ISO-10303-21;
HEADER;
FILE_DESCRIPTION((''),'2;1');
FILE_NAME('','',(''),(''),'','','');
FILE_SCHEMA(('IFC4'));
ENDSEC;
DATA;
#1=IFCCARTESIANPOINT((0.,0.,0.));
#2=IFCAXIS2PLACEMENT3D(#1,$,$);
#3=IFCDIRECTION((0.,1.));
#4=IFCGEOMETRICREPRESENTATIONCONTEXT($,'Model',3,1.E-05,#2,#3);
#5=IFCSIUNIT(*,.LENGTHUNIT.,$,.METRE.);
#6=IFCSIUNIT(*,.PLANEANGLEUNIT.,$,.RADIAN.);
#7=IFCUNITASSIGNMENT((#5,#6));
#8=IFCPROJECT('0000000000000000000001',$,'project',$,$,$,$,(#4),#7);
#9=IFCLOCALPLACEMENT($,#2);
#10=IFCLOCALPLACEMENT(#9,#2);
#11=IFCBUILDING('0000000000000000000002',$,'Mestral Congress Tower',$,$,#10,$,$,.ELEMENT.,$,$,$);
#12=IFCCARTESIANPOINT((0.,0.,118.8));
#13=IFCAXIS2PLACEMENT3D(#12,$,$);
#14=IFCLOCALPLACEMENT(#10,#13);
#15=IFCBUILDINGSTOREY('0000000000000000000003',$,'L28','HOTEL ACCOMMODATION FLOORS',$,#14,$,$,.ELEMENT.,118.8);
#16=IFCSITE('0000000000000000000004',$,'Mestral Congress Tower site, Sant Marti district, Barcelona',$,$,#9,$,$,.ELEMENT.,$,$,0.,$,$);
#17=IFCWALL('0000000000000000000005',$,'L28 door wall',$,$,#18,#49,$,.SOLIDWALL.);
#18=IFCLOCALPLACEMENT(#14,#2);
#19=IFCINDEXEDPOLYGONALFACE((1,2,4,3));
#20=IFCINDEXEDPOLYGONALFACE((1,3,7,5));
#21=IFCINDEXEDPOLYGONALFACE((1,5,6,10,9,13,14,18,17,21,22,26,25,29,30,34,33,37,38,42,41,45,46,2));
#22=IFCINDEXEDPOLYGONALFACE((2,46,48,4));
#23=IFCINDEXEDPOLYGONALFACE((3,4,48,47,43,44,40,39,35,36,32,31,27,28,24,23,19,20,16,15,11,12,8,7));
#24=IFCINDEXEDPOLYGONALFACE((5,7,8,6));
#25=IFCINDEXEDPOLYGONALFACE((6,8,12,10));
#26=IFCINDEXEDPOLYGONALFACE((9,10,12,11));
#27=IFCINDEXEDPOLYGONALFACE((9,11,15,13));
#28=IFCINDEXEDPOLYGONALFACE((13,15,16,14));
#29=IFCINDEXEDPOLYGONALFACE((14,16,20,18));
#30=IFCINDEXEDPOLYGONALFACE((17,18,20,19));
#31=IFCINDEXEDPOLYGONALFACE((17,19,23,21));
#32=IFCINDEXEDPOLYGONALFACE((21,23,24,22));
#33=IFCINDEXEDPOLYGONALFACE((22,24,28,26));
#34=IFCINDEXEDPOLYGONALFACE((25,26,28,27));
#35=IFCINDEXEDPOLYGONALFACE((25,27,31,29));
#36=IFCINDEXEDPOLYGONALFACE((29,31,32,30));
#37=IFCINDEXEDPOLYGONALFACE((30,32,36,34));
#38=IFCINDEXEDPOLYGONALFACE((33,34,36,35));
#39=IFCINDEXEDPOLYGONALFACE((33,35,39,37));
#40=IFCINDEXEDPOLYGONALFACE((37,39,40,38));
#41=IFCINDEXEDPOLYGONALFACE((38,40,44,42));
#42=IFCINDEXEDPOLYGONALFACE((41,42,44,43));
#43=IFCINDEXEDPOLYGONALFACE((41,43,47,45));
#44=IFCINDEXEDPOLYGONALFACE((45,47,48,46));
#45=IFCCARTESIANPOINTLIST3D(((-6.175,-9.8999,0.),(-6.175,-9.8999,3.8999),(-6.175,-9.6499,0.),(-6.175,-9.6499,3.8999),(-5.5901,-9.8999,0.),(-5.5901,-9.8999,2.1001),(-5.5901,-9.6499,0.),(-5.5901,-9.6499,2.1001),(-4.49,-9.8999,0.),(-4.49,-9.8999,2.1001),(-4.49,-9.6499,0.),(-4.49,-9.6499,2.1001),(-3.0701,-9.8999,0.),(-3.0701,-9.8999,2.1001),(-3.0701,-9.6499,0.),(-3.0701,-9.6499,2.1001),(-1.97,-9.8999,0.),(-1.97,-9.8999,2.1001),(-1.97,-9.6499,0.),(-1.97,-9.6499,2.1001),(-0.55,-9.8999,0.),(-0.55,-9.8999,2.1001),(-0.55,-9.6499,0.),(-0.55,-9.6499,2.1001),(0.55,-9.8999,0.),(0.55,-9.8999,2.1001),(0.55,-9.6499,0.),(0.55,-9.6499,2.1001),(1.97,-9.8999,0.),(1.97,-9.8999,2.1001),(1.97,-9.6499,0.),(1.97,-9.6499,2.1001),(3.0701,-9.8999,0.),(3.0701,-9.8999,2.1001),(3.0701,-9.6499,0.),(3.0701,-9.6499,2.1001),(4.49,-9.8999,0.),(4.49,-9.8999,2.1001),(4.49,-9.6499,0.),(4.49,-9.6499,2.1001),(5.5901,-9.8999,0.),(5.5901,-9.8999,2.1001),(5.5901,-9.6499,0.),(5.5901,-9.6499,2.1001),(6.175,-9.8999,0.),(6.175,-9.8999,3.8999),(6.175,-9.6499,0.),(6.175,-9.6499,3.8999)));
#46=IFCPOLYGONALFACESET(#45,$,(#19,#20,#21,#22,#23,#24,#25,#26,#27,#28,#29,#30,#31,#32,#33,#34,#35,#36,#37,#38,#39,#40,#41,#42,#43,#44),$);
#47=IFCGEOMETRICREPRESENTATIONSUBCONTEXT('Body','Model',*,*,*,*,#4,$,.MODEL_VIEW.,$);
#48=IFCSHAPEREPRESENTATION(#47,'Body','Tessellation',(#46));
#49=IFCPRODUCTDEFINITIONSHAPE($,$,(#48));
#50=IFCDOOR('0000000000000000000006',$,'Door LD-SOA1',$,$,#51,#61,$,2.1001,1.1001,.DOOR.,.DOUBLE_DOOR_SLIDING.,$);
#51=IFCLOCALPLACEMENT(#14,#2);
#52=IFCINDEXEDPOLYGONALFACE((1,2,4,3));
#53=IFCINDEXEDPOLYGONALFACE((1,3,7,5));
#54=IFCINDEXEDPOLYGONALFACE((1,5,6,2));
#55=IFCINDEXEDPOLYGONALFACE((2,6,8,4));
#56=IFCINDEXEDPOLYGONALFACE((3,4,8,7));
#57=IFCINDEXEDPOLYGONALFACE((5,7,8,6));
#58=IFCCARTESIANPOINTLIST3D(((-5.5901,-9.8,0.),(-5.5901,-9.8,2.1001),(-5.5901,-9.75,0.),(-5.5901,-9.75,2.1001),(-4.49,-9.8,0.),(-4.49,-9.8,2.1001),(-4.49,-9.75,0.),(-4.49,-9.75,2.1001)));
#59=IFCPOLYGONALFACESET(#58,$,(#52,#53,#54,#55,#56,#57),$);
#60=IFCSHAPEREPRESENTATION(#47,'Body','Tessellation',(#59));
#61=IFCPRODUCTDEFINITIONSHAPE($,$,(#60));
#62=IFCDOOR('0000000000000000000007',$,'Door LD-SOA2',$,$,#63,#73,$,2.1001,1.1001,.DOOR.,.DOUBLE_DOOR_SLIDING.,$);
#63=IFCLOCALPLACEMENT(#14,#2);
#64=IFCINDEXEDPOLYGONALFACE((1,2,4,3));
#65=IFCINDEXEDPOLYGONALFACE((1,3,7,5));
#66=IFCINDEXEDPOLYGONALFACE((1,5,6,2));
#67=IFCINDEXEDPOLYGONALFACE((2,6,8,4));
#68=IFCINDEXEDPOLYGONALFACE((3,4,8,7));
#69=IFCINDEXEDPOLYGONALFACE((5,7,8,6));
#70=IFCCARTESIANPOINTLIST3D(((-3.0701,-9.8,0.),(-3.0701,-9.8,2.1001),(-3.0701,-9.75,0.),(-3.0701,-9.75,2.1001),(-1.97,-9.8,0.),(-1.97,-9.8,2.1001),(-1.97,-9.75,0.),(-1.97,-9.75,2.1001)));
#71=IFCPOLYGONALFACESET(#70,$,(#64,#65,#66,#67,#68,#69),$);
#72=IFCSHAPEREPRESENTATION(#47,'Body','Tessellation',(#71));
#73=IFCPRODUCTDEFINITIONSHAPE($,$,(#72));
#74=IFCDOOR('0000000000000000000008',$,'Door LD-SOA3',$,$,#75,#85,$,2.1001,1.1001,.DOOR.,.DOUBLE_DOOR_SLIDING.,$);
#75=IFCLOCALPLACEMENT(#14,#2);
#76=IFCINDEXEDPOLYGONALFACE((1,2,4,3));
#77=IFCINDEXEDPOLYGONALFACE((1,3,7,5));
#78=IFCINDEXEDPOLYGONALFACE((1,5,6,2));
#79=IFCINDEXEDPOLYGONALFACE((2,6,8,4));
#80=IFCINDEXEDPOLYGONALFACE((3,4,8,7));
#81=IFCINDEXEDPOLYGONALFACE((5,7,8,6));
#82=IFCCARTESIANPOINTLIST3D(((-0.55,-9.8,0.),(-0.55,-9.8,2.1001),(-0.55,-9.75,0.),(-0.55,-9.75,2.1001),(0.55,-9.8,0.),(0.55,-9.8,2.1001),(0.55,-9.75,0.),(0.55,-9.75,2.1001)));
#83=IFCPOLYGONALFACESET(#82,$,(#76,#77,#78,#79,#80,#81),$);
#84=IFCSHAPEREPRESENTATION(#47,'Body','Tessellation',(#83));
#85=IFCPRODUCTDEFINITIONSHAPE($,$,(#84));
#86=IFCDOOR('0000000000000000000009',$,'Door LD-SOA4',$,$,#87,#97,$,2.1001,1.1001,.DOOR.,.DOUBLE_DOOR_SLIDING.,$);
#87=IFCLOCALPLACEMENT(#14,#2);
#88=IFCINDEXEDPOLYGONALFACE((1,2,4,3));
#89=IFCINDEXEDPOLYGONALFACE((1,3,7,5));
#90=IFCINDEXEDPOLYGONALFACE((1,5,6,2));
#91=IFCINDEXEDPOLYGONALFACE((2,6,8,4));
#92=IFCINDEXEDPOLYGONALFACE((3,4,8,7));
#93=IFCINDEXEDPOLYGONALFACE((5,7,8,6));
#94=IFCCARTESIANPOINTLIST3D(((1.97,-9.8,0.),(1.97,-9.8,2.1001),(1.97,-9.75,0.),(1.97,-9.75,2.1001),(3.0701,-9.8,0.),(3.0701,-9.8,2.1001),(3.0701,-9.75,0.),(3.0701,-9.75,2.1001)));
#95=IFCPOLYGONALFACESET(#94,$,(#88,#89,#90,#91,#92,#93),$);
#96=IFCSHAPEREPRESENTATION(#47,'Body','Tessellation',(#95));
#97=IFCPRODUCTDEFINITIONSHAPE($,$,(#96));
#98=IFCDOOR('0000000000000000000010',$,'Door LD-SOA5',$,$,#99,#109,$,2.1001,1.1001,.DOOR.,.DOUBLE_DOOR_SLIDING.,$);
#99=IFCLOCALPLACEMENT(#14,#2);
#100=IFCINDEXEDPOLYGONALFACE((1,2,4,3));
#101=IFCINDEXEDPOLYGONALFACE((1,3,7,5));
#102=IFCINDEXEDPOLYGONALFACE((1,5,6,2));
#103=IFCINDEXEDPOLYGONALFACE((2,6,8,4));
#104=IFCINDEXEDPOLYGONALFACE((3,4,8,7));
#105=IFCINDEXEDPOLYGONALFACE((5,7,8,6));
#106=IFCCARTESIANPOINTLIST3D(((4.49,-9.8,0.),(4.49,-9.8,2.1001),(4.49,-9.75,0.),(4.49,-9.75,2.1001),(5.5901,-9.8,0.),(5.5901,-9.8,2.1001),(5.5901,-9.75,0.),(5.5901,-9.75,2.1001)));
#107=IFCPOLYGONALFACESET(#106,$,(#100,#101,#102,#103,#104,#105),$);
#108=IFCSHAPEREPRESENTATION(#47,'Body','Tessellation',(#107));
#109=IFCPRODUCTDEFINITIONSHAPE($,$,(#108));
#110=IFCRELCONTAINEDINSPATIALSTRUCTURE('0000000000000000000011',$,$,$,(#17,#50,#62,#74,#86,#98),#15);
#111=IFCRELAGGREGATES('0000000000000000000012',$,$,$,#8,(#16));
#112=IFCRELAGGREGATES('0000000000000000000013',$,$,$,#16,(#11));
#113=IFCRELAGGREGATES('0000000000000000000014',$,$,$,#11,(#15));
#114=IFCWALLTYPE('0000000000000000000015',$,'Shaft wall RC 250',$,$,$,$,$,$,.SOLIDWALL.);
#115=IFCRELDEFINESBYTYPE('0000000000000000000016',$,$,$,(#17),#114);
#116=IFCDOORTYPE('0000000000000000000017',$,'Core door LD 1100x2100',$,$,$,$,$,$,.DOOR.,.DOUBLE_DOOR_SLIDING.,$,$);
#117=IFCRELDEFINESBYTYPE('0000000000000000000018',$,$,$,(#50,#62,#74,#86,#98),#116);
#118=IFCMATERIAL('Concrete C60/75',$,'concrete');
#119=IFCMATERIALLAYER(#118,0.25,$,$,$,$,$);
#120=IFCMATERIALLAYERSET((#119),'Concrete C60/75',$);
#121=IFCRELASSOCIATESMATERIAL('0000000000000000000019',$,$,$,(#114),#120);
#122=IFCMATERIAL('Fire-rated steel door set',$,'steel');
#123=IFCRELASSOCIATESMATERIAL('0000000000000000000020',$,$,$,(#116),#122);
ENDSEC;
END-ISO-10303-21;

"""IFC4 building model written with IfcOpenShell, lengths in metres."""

from ifc_helpers import new_model, si_unit, direction, frame, frame_2d, origin, place, context, subcontext, project, spatial, rectangle, extrude, material, layer, layer_set, type_object, element, fill, save


model = new_model("IFC4")

# Units and contexts
model_context = context("Model", 3, precision=1e-05, world=origin(), true_north=direction((0.0, 1.0)))
body_context = subcontext(model_context, "Body", "Model", "MODEL_VIEW")
ifc_project = project(units=[si_unit("LENGTHUNIT", "METRE"), si_unit("PLANEANGLEUNIT", "RADIAN")], contexts=[model_context])

# Site, building, storey
site_placement = place(None, origin())
site = spatial("IfcSite", under=ifc_project, at=site_placement, Name="Mestral Congress Tower site, Sant Marti district, Barcelona", CompositionType="ELEMENT", RefElevation=0.0)
building_placement = place(site_placement, origin())
building = spatial("IfcBuilding", under=site, at=building_placement, Name="Mestral Congress Tower", CompositionType="ELEMENT")
storey_placement = place(building_placement, frame((0.0, 0.0, 118.8)))
storey = spatial("IfcBuildingStorey", under=building, at=storey_placement, Name="L28", Description="HOTEL ACCOMMODATION FLOORS", CompositionType="ELEMENT", Elevation=118.8)

# Shared definitions
ifc_material_1 = material(Name="Fire-rated steel door set", Category="steel")

# Shared definitions
ifc_material_2 = material(Name="Concrete C60/75", Category="concrete")
ifc_layer_1 = layer(ifc_material_2, 0.25)
ifc_layer_set_1 = layer_set([ifc_layer_1], Name="Concrete C60/75")
wall_type_1 = type_object("IfcWallType", Name="Shaft wall RC 250", PredefinedType="SOLIDWALL", material=ifc_layer_set_1)

# Wall, openings, doors
wall_1_placement = place(storey_placement, frame((-6.175, -9.7749, 0.0), z_axis=(0.0, 0.0, 1.0), x_axis=(1.0, 0.0, 0.0)))
wall_1 = element("IfcWall", 1, at=wall_1_placement, inside=storey, type_object=wall_type_1, Name="L28 door wall", PredefinedType="SOLIDWALL", context=body_context, shape_type="SweptSolid", body=[
    extrude(rectangle(XDim=12.3501, YDim=0.25, at=frame_2d((6.175, 0.0))), origin(), (0.0, 0.0, 1.0), 3.8999),
])
opening_1_placement = place(wall_1_placement, frame((0.585, 0.0, 0.0)))
opening_1 = element("IfcOpeningElement", 2, at=opening_1_placement, cuts=wall_1, PredefinedType="OPENING", context=body_context, shape_type="SweptSolid", body=[
    extrude(rectangle(XDim=1.1001, YDim=2.1001, at=frame_2d((0.55, 1.05))), frame((0.0, 0.135, 0.0), z_axis=(0.0, -1.0, 0.0), x_axis=(1.0, 0.0, 0.0)), (0.0, 0.0, 1.0), 0.27),
])
opening_2_placement = place(wall_1_placement, frame((3.105, 0.0, 0.0)))
opening_2 = element("IfcOpeningElement", 3, at=opening_2_placement, cuts=wall_1, PredefinedType="OPENING", context=body_context, shape_type="SweptSolid", body=[
    extrude(rectangle(XDim=1.1001, YDim=2.1001, at=frame_2d((0.55, 1.05))), frame((0.0, 0.135, 0.0), z_axis=(0.0, -1.0, 0.0), x_axis=(1.0, 0.0, 0.0)), (0.0, 0.0, 1.0), 0.27),
])
opening_3_placement = place(wall_1_placement, frame((5.625, 0.0, 0.0)))
opening_3 = element("IfcOpeningElement", 4, at=opening_3_placement, cuts=wall_1, PredefinedType="OPENING", context=body_context, shape_type="SweptSolid", body=[
    extrude(rectangle(XDim=1.1001, YDim=2.1001, at=frame_2d((0.55, 1.05))), frame((0.0, 0.135, 0.0), z_axis=(0.0, -1.0, 0.0), x_axis=(1.0, 0.0, 0.0)), (0.0, 0.0, 1.0), 0.27),
])
opening_4_placement = place(wall_1_placement, frame((8.145, 0.0, 0.0)))
opening_4 = element("IfcOpeningElement", 5, at=opening_4_placement, cuts=wall_1, PredefinedType="OPENING", context=body_context, shape_type="SweptSolid", body=[
    extrude(rectangle(XDim=1.1001, YDim=2.1001, at=frame_2d((0.55, 1.05))), frame((0.0, 0.135, 0.0), z_axis=(0.0, -1.0, 0.0), x_axis=(1.0, 0.0, 0.0)), (0.0, 0.0, 1.0), 0.27),
])
opening_5_placement = place(wall_1_placement, frame((10.665, 0.0, 0.0)))
opening_5 = element("IfcOpeningElement", 6, at=opening_5_placement, cuts=wall_1, PredefinedType="OPENING", context=body_context, shape_type="SweptSolid", body=[
    extrude(rectangle(XDim=1.1001, YDim=2.1001, at=frame_2d((0.55, 1.05))), frame((0.0, 0.135, 0.0), z_axis=(0.0, -1.0, 0.0), x_axis=(1.0, 0.0, 0.0)), (0.0, 0.0, 1.0), 0.27),
])
door_type_1 = type_object("IfcDoorType", Name="Core door LD 1100x2100", OperationType="DOUBLE_DOOR_SLIDING", PredefinedType="DOOR", material=ifc_material_1)
door_1_placement = place(opening_1_placement, origin())
door_1 = element("IfcDoor", 7, at=door_1_placement, inside=storey, type_object=door_type_1, Name="Door LD-SOA1", OperationType="DOUBLE_DOOR_SLIDING", OverallHeight=2.1001, OverallWidth=1.1001, PredefinedType="DOOR", context=body_context, shape_type="SweptSolid", body=[
    extrude(rectangle(XDim=1.1001, YDim=2.1001, at=frame_2d((0.55, 1.05))), frame((0.0, 0.0249, 0.0), z_axis=(0.0, -1.0, 0.0), x_axis=(1.0, 0.0, 0.0)), (0.0, 0.0, 1.0), 0.05),
])
fill(opening_1, door_1)
door_2_placement = place(opening_2_placement, origin())
door_2 = element("IfcDoor", 8, at=door_2_placement, inside=storey, type_object=door_type_1, Name="Door LD-SOA2", OperationType="DOUBLE_DOOR_SLIDING", OverallHeight=2.1001, OverallWidth=1.1001, PredefinedType="DOOR", context=body_context, shape_type="SweptSolid", body=[
    extrude(rectangle(XDim=1.1001, YDim=2.1001, at=frame_2d((0.55, 1.05))), frame((0.0, 0.0249, 0.0), z_axis=(0.0, -1.0, 0.0), x_axis=(1.0, 0.0, 0.0)), (0.0, 0.0, 1.0), 0.05),
])
fill(opening_2, door_2)
door_3_placement = place(opening_3_placement, origin())
door_3 = element("IfcDoor", 9, at=door_3_placement, inside=storey, type_object=door_type_1, Name="Door LD-SOA3", OperationType="DOUBLE_DOOR_SLIDING", OverallHeight=2.1001, OverallWidth=1.1001, PredefinedType="DOOR", context=body_context, shape_type="SweptSolid", body=[
    extrude(rectangle(XDim=1.1001, YDim=2.1001, at=frame_2d((0.55, 1.05))), frame((0.0, 0.0249, 0.0), z_axis=(0.0, -1.0, 0.0), x_axis=(1.0, 0.0, 0.0)), (0.0, 0.0, 1.0), 0.05),
])
fill(opening_3, door_3)
door_4_placement = place(opening_4_placement, origin())
door_4 = element("IfcDoor", 10, at=door_4_placement, inside=storey, type_object=door_type_1, Name="Door LD-SOA4", OperationType="DOUBLE_DOOR_SLIDING", OverallHeight=2.1001, OverallWidth=1.1001, PredefinedType="DOOR", context=body_context, shape_type="SweptSolid", body=[
    extrude(rectangle(XDim=1.1001, YDim=2.1001, at=frame_2d((0.55, 1.05))), frame((0.0, 0.0249, 0.0), z_axis=(0.0, -1.0, 0.0), x_axis=(1.0, 0.0, 0.0)), (0.0, 0.0, 1.0), 0.05),
])
fill(opening_4, door_4)
door_5_placement = place(opening_5_placement, origin())
door_5 = element("IfcDoor", 11, at=door_5_placement, inside=storey, type_object=door_type_1, Name="Door LD-SOA5", OperationType="DOUBLE_DOOR_SLIDING", OverallHeight=2.1001, OverallWidth=1.1001, PredefinedType="DOOR", context=body_context, shape_type="SweptSolid", body=[
    extrude(rectangle(XDim=1.1001, YDim=2.1001, at=frame_2d((0.55, 1.05))), frame((0.0, 0.0249, 0.0), z_axis=(0.0, -1.0, 0.0), x_axis=(1.0, 0.0, 0.0)), (0.0, 0.0, 1.0), 0.05),
])
fill(opening_5, door_5)

save(model, "model.ifc")
